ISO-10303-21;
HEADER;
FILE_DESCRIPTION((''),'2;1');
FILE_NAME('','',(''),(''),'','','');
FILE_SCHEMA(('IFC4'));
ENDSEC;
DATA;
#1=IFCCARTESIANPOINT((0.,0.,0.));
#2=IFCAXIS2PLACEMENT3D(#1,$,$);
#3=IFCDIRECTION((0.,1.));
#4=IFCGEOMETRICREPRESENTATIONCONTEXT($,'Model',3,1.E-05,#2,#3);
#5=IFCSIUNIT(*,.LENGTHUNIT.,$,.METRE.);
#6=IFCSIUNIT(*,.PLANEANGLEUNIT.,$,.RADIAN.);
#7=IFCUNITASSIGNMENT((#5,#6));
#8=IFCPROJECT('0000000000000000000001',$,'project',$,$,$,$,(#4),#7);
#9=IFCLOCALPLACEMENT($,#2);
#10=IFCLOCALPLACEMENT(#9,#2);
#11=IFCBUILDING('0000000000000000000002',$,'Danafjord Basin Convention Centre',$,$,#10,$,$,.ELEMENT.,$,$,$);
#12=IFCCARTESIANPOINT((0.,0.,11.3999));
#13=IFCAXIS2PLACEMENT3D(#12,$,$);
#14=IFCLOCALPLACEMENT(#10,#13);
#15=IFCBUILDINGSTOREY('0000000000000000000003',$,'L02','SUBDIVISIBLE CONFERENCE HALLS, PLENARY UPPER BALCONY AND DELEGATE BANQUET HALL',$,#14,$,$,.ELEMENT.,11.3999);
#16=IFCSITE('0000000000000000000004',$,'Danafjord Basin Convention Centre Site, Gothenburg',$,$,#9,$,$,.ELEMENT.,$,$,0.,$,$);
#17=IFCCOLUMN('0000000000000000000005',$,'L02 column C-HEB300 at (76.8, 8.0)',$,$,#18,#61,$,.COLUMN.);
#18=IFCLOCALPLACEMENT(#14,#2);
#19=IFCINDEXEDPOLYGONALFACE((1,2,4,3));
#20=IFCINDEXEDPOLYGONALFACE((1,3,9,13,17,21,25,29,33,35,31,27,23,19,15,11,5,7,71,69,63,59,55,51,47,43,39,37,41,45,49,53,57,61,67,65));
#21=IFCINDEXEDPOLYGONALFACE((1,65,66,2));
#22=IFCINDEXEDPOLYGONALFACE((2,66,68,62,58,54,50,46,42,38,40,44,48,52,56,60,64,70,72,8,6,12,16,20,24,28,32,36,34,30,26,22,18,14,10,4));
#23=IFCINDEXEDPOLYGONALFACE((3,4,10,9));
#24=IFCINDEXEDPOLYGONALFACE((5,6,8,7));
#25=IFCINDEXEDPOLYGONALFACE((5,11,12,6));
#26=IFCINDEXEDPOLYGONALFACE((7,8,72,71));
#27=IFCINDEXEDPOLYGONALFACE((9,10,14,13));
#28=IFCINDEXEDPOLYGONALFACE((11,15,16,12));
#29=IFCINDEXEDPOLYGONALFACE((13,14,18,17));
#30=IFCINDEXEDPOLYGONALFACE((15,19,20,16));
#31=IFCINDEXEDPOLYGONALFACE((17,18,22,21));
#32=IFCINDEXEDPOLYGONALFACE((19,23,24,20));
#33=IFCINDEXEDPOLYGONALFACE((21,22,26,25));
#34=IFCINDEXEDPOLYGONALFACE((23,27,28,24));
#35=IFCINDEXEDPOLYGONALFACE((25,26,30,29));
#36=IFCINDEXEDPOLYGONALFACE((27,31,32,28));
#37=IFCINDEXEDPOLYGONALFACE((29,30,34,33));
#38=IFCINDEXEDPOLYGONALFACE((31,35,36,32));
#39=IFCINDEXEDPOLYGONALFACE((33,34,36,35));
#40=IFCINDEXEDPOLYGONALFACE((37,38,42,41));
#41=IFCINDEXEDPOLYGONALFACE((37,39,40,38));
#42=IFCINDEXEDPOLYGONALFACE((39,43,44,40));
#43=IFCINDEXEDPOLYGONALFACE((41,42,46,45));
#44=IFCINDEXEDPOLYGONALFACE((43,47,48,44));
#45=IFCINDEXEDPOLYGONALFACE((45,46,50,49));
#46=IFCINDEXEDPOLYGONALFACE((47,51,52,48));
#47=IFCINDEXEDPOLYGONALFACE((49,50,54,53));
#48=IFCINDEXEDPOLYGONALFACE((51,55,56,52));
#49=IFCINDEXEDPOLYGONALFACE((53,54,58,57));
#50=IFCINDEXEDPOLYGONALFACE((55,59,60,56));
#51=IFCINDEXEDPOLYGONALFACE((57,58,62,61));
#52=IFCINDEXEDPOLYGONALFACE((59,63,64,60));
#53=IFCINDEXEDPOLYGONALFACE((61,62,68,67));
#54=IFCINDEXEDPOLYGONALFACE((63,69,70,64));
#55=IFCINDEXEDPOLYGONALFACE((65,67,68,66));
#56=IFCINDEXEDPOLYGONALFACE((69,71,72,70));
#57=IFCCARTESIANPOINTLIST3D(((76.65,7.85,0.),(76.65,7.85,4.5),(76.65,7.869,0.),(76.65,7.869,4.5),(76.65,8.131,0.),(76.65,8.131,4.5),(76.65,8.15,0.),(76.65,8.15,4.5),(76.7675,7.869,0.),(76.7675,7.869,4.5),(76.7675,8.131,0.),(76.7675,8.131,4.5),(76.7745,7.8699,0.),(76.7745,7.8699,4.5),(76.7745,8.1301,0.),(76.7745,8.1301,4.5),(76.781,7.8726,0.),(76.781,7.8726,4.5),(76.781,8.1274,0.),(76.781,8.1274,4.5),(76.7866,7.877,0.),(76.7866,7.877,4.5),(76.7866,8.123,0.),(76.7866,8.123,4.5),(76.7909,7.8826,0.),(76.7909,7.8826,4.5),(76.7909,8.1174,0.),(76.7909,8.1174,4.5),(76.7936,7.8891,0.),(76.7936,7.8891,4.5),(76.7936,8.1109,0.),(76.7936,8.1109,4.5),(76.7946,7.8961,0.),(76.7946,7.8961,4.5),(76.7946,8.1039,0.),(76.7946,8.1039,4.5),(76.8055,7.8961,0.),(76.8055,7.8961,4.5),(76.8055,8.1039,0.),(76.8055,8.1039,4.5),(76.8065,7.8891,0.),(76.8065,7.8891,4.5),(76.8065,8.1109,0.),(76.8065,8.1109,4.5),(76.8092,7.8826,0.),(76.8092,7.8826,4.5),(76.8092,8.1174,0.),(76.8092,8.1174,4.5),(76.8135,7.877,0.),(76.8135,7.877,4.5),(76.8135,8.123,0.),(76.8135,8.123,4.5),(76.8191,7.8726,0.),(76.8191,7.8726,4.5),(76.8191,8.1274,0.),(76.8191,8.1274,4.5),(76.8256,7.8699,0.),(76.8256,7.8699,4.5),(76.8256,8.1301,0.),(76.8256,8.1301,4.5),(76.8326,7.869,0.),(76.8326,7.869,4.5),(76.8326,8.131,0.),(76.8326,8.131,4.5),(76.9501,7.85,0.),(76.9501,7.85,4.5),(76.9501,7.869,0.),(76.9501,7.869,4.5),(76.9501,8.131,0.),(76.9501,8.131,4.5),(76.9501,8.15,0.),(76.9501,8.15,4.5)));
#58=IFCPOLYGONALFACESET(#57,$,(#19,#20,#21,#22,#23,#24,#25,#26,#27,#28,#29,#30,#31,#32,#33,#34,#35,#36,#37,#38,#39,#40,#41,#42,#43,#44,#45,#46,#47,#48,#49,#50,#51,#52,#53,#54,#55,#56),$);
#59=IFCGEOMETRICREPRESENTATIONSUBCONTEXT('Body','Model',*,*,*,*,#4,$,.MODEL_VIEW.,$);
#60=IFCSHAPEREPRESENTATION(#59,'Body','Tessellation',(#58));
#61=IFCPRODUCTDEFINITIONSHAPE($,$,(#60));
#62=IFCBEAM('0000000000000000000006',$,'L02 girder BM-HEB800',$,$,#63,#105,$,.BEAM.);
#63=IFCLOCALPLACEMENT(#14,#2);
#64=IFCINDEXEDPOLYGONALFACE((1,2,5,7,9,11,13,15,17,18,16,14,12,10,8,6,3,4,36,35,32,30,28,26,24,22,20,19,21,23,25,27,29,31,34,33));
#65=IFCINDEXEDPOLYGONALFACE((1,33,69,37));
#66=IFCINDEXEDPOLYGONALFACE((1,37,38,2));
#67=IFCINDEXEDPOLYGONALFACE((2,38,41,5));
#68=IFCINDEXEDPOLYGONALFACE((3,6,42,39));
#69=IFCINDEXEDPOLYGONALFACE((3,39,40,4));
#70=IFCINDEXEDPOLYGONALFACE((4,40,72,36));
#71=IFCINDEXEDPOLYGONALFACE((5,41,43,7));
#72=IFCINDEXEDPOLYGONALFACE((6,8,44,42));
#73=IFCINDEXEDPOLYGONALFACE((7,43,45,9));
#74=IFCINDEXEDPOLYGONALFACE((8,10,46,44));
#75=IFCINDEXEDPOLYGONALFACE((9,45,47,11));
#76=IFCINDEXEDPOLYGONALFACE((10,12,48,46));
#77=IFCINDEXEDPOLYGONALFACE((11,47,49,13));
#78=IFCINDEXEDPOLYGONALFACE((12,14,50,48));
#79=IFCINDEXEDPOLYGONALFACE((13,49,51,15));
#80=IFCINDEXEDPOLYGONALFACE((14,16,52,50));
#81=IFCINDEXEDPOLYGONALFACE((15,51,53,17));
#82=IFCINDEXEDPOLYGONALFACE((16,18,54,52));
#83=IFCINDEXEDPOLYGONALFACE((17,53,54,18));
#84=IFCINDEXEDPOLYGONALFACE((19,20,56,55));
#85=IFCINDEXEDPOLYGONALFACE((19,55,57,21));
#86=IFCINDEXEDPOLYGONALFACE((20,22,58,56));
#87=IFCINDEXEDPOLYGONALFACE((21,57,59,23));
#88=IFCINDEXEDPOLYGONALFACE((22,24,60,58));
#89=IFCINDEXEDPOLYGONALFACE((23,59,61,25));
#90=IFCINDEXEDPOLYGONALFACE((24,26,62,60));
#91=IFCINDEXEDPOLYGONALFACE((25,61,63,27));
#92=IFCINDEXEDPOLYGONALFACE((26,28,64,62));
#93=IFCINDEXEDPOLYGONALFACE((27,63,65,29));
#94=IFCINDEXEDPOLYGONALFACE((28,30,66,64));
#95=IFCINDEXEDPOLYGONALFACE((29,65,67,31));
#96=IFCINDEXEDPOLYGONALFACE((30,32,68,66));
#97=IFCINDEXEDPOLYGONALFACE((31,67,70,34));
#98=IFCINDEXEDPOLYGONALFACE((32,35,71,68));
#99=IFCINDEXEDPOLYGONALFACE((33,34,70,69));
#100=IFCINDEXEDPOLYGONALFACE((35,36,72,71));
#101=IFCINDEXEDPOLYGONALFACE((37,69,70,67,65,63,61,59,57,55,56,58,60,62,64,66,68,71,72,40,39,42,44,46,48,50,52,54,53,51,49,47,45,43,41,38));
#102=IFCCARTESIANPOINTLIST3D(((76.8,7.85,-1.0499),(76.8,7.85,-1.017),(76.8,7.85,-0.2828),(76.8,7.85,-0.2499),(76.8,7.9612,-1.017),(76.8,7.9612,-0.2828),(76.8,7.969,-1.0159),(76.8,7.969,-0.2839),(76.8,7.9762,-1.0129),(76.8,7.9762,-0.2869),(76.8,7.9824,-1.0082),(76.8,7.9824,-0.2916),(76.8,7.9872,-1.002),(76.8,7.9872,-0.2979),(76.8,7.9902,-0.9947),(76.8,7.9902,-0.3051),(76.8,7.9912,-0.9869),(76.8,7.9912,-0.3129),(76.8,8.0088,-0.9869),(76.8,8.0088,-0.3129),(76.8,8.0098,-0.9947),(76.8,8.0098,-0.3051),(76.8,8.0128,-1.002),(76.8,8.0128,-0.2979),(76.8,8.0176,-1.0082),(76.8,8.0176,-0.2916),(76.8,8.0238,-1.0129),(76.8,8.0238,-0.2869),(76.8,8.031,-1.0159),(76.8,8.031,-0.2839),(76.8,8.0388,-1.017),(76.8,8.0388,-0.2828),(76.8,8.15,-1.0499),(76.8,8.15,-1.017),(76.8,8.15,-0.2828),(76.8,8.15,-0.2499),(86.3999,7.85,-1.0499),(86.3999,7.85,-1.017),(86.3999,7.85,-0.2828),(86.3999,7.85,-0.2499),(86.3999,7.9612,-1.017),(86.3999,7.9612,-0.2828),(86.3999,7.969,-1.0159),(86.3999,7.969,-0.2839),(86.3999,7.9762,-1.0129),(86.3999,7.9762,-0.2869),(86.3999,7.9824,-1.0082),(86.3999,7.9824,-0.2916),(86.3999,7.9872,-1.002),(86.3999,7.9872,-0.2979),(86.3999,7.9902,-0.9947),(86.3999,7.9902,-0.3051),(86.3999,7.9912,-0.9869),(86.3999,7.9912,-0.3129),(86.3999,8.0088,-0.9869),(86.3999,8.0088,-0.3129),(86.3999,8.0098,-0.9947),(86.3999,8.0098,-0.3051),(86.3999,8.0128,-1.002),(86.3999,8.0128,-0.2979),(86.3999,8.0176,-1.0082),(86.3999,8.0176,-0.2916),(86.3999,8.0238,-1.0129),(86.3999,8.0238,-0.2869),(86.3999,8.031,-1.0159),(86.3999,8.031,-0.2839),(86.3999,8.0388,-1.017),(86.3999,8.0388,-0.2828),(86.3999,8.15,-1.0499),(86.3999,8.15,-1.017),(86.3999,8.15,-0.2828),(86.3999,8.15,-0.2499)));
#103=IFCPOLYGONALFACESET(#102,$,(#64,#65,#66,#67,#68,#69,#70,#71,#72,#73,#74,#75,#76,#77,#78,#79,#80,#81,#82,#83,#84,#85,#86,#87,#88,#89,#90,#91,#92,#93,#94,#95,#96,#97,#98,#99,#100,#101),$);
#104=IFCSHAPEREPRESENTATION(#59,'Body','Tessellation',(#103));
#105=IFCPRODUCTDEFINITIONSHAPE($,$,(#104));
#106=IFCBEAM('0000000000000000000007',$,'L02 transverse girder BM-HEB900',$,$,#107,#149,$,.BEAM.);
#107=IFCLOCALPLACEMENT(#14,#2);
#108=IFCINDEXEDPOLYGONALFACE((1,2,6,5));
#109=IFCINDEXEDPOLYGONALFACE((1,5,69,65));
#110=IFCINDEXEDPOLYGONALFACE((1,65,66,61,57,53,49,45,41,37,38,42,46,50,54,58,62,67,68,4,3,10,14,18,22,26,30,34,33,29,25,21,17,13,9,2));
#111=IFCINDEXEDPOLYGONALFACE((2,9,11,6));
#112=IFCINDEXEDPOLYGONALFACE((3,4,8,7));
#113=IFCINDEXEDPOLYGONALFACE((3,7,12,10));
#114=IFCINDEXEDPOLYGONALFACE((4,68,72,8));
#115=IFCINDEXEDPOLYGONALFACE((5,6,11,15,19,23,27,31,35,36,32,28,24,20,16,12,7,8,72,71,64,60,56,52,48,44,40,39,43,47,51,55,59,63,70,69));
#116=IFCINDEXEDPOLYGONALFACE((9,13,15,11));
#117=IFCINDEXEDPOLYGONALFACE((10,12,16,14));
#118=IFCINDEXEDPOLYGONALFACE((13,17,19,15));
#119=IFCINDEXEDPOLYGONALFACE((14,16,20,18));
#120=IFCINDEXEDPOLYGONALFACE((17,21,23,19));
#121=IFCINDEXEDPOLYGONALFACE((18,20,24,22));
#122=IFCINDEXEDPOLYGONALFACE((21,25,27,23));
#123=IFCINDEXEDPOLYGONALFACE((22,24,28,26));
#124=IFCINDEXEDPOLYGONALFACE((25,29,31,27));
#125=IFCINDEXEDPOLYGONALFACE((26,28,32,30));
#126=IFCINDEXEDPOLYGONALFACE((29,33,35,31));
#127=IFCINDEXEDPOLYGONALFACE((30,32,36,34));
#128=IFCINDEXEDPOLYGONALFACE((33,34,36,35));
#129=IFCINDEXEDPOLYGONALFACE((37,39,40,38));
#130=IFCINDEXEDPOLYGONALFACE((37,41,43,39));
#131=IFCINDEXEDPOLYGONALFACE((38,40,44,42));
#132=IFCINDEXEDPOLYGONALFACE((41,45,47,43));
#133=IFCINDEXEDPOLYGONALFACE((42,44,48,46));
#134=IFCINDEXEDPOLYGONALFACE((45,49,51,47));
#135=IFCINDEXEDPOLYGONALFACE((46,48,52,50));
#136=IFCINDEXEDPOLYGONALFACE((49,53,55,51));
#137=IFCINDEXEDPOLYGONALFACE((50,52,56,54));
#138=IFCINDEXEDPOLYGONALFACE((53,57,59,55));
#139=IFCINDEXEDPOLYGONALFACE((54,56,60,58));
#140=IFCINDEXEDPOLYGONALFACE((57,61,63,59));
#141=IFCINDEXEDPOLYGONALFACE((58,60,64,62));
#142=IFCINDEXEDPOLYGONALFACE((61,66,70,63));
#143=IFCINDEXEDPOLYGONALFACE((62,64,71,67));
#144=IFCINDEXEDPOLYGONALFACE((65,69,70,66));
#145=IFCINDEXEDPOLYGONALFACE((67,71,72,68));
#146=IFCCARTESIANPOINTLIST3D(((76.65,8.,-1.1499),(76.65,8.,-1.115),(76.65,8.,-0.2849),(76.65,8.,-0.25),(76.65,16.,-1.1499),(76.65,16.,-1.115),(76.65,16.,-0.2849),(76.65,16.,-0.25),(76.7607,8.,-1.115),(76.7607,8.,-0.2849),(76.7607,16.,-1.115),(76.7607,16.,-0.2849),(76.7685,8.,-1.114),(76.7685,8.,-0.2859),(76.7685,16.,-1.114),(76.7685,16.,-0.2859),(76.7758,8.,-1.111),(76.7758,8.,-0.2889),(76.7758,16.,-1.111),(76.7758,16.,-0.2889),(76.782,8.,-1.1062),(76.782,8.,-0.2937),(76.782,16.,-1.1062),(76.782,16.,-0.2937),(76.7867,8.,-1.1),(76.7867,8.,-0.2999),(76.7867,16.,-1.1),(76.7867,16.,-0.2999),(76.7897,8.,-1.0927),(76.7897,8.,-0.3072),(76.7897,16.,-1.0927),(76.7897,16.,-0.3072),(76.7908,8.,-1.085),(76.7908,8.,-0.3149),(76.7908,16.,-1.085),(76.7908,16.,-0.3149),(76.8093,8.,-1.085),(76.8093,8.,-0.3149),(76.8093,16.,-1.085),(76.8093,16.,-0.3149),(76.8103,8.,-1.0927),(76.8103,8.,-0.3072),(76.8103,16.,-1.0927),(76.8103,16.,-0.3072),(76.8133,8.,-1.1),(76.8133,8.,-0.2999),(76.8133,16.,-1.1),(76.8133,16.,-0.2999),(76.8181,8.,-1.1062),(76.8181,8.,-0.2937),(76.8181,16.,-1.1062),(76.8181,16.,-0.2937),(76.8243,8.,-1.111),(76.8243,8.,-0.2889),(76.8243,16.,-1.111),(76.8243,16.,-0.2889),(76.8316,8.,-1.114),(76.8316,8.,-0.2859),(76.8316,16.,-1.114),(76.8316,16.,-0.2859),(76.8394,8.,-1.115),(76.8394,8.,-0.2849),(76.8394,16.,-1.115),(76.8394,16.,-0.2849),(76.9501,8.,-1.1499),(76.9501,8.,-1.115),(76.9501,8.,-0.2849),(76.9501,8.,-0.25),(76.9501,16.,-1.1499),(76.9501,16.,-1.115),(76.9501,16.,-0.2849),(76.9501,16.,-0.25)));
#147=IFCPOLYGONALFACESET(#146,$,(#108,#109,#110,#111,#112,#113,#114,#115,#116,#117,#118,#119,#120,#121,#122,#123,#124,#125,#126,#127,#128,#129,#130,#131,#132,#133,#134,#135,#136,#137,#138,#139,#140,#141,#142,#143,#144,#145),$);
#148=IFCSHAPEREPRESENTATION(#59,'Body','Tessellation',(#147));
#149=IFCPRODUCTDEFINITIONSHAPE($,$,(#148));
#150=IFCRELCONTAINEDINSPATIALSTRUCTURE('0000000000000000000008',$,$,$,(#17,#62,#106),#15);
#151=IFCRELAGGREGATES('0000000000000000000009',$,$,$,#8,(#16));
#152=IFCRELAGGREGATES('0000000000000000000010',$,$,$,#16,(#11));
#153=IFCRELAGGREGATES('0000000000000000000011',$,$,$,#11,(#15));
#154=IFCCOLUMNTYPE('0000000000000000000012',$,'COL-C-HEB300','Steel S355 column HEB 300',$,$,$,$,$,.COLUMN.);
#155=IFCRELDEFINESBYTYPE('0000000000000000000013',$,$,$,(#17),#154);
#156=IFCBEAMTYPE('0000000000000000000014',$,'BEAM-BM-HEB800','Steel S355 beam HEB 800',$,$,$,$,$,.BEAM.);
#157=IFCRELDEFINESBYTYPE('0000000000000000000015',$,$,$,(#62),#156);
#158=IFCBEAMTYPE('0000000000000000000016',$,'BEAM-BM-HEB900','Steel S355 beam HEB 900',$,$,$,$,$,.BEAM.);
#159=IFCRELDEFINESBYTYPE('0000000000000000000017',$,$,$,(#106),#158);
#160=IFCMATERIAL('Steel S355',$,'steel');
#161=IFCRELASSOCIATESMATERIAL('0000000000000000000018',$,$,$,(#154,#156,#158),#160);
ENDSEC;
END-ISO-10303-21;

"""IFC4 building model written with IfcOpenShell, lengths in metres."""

from ifc_helpers import new_model, si_unit, direction, frame, origin, origin_2d, place, context, subcontext, project, spatial, i_section, extrude, material, material_profile, profile_set, type_object, element, save


model = new_model("IFC4")

# Units and contexts
model_context = context("Model", 3, precision=1e-05, world=origin(), true_north=direction((0.0, 1.0)))
body_context = subcontext(model_context, "Body", "Model", "MODEL_VIEW")
ifc_project = project(units=[si_unit("LENGTHUNIT", "METRE"), si_unit("PLANEANGLEUNIT", "RADIAN")], contexts=[model_context])

# Site, building, storey
site_placement = place(None, origin())
site = spatial("IfcSite", under=ifc_project, at=site_placement, Name="Danafjord Basin Convention Centre Site, Gothenburg", CompositionType="ELEMENT", RefElevation=0.0)
building_placement = place(site_placement, origin())
building = spatial("IfcBuilding", under=site, at=building_placement, Name="Danafjord Basin Convention Centre", CompositionType="ELEMENT")
storey_placement = place(building_placement, frame((0.0, 0.0, 11.3999)))
storey = spatial("IfcBuildingStorey", under=building, at=storey_placement, Name="L02", Description="SUBDIVISIBLE CONFERENCE HALLS, PLENARY UPPER BALCONY AND DELEGATE BANQUET HALL", CompositionType="ELEMENT", Elevation=11.3999)

# Column
ifc_material_1 = material(Name="Steel S355", Category="steel")
ifc_material_profile_1 = material_profile(ifc_material_1, i_section(OverallWidth=0.3, OverallDepth=0.3, WebThickness=0.011, FlangeThickness=0.019, FilletRadius=0.0271, at=origin_2d()), Name="HEB 300")
ifc_profile_set_1 = profile_set([ifc_material_profile_1], Name="Steel S355")
column_type = type_object("IfcColumnType", Name="COL-C-HEB300", Description="Steel S355 column HEB 300", PredefinedType="COLUMN", material=ifc_profile_set_1)
column_placement = place(storey_placement, frame((76.8, 8.0, 0.0), z_axis=(0.0, 0.0, 1.0), x_axis=(1.0, 0.0, 0.0)))
element("IfcColumn", 1, at=column_placement, inside=storey, type_object=column_type, Name="L02 column C-HEB300 at (76.8, 8.0)", PredefinedType="COLUMN", context=body_context, shape_type="SweptSolid", body=[
    extrude(i_section(OverallWidth=0.3, OverallDepth=0.3, WebThickness=0.011, FlangeThickness=0.019, FilletRadius=0.0271, at=origin_2d()), origin(), (0.0, 0.0, 1.0), 4.5),
])

# Beams
ifc_material_profile_2 = material_profile(ifc_material_1, i_section(OverallWidth=0.3, OverallDepth=0.8, WebThickness=0.0176, FlangeThickness=0.033, FilletRadius=0.03, at=origin_2d()), Name="HEB 800")
ifc_profile_set_2 = profile_set([ifc_material_profile_2], Name="Steel S355")
beam_type_1 = type_object("IfcBeamType", Name="BEAM-BM-HEB800", Description="Steel S355 beam HEB 800", PredefinedType="BEAM", material=ifc_profile_set_2)
beam_1_placement = place(storey_placement, frame((76.8, 8.0, -0.6499), z_axis=(1.0, 0.0, 0.0), x_axis=(0.0, 1.0, 0.0)))
element("IfcBeam", 2, at=beam_1_placement, inside=storey, type_object=beam_type_1, Name="L02 girder BM-HEB800", PredefinedType="BEAM", context=body_context, shape_type="SweptSolid", body=[
    extrude(i_section(OverallWidth=0.3, OverallDepth=0.8, WebThickness=0.0176, FlangeThickness=0.033, FilletRadius=0.03, at=origin_2d()), origin(), (0.0, 0.0, 1.0), 9.5999),
])
ifc_material_profile_3 = material_profile(ifc_material_1, i_section(OverallWidth=0.3, OverallDepth=0.8999, WebThickness=0.0186, FlangeThickness=0.0349, FilletRadius=0.03, at=origin_2d()), Name="HEB 900")
ifc_profile_set_3 = profile_set([ifc_material_profile_3], Name="Steel S355")
beam_type_2 = type_object("IfcBeamType", Name="BEAM-BM-HEB900", Description="Steel S355 beam HEB 900", PredefinedType="BEAM", material=ifc_profile_set_3)
beam_2_placement = place(storey_placement, frame((76.8, 8.0, -0.7), z_axis=(0.0, 1.0, 0.0), x_axis=(-1.0, 0.0, 0.0)))
element("IfcBeam", 3, at=beam_2_placement, inside=storey, type_object=beam_type_2, Name="L02 transverse girder BM-HEB900", PredefinedType="BEAM", context=body_context, shape_type="SweptSolid", body=[
    extrude(i_section(OverallWidth=0.3, OverallDepth=0.8999, WebThickness=0.0186, FlangeThickness=0.0349, FilletRadius=0.03, at=origin_2d()), origin(), (0.0, 0.0, 1.0), 8.0),
])

save(model, "model.ifc")
